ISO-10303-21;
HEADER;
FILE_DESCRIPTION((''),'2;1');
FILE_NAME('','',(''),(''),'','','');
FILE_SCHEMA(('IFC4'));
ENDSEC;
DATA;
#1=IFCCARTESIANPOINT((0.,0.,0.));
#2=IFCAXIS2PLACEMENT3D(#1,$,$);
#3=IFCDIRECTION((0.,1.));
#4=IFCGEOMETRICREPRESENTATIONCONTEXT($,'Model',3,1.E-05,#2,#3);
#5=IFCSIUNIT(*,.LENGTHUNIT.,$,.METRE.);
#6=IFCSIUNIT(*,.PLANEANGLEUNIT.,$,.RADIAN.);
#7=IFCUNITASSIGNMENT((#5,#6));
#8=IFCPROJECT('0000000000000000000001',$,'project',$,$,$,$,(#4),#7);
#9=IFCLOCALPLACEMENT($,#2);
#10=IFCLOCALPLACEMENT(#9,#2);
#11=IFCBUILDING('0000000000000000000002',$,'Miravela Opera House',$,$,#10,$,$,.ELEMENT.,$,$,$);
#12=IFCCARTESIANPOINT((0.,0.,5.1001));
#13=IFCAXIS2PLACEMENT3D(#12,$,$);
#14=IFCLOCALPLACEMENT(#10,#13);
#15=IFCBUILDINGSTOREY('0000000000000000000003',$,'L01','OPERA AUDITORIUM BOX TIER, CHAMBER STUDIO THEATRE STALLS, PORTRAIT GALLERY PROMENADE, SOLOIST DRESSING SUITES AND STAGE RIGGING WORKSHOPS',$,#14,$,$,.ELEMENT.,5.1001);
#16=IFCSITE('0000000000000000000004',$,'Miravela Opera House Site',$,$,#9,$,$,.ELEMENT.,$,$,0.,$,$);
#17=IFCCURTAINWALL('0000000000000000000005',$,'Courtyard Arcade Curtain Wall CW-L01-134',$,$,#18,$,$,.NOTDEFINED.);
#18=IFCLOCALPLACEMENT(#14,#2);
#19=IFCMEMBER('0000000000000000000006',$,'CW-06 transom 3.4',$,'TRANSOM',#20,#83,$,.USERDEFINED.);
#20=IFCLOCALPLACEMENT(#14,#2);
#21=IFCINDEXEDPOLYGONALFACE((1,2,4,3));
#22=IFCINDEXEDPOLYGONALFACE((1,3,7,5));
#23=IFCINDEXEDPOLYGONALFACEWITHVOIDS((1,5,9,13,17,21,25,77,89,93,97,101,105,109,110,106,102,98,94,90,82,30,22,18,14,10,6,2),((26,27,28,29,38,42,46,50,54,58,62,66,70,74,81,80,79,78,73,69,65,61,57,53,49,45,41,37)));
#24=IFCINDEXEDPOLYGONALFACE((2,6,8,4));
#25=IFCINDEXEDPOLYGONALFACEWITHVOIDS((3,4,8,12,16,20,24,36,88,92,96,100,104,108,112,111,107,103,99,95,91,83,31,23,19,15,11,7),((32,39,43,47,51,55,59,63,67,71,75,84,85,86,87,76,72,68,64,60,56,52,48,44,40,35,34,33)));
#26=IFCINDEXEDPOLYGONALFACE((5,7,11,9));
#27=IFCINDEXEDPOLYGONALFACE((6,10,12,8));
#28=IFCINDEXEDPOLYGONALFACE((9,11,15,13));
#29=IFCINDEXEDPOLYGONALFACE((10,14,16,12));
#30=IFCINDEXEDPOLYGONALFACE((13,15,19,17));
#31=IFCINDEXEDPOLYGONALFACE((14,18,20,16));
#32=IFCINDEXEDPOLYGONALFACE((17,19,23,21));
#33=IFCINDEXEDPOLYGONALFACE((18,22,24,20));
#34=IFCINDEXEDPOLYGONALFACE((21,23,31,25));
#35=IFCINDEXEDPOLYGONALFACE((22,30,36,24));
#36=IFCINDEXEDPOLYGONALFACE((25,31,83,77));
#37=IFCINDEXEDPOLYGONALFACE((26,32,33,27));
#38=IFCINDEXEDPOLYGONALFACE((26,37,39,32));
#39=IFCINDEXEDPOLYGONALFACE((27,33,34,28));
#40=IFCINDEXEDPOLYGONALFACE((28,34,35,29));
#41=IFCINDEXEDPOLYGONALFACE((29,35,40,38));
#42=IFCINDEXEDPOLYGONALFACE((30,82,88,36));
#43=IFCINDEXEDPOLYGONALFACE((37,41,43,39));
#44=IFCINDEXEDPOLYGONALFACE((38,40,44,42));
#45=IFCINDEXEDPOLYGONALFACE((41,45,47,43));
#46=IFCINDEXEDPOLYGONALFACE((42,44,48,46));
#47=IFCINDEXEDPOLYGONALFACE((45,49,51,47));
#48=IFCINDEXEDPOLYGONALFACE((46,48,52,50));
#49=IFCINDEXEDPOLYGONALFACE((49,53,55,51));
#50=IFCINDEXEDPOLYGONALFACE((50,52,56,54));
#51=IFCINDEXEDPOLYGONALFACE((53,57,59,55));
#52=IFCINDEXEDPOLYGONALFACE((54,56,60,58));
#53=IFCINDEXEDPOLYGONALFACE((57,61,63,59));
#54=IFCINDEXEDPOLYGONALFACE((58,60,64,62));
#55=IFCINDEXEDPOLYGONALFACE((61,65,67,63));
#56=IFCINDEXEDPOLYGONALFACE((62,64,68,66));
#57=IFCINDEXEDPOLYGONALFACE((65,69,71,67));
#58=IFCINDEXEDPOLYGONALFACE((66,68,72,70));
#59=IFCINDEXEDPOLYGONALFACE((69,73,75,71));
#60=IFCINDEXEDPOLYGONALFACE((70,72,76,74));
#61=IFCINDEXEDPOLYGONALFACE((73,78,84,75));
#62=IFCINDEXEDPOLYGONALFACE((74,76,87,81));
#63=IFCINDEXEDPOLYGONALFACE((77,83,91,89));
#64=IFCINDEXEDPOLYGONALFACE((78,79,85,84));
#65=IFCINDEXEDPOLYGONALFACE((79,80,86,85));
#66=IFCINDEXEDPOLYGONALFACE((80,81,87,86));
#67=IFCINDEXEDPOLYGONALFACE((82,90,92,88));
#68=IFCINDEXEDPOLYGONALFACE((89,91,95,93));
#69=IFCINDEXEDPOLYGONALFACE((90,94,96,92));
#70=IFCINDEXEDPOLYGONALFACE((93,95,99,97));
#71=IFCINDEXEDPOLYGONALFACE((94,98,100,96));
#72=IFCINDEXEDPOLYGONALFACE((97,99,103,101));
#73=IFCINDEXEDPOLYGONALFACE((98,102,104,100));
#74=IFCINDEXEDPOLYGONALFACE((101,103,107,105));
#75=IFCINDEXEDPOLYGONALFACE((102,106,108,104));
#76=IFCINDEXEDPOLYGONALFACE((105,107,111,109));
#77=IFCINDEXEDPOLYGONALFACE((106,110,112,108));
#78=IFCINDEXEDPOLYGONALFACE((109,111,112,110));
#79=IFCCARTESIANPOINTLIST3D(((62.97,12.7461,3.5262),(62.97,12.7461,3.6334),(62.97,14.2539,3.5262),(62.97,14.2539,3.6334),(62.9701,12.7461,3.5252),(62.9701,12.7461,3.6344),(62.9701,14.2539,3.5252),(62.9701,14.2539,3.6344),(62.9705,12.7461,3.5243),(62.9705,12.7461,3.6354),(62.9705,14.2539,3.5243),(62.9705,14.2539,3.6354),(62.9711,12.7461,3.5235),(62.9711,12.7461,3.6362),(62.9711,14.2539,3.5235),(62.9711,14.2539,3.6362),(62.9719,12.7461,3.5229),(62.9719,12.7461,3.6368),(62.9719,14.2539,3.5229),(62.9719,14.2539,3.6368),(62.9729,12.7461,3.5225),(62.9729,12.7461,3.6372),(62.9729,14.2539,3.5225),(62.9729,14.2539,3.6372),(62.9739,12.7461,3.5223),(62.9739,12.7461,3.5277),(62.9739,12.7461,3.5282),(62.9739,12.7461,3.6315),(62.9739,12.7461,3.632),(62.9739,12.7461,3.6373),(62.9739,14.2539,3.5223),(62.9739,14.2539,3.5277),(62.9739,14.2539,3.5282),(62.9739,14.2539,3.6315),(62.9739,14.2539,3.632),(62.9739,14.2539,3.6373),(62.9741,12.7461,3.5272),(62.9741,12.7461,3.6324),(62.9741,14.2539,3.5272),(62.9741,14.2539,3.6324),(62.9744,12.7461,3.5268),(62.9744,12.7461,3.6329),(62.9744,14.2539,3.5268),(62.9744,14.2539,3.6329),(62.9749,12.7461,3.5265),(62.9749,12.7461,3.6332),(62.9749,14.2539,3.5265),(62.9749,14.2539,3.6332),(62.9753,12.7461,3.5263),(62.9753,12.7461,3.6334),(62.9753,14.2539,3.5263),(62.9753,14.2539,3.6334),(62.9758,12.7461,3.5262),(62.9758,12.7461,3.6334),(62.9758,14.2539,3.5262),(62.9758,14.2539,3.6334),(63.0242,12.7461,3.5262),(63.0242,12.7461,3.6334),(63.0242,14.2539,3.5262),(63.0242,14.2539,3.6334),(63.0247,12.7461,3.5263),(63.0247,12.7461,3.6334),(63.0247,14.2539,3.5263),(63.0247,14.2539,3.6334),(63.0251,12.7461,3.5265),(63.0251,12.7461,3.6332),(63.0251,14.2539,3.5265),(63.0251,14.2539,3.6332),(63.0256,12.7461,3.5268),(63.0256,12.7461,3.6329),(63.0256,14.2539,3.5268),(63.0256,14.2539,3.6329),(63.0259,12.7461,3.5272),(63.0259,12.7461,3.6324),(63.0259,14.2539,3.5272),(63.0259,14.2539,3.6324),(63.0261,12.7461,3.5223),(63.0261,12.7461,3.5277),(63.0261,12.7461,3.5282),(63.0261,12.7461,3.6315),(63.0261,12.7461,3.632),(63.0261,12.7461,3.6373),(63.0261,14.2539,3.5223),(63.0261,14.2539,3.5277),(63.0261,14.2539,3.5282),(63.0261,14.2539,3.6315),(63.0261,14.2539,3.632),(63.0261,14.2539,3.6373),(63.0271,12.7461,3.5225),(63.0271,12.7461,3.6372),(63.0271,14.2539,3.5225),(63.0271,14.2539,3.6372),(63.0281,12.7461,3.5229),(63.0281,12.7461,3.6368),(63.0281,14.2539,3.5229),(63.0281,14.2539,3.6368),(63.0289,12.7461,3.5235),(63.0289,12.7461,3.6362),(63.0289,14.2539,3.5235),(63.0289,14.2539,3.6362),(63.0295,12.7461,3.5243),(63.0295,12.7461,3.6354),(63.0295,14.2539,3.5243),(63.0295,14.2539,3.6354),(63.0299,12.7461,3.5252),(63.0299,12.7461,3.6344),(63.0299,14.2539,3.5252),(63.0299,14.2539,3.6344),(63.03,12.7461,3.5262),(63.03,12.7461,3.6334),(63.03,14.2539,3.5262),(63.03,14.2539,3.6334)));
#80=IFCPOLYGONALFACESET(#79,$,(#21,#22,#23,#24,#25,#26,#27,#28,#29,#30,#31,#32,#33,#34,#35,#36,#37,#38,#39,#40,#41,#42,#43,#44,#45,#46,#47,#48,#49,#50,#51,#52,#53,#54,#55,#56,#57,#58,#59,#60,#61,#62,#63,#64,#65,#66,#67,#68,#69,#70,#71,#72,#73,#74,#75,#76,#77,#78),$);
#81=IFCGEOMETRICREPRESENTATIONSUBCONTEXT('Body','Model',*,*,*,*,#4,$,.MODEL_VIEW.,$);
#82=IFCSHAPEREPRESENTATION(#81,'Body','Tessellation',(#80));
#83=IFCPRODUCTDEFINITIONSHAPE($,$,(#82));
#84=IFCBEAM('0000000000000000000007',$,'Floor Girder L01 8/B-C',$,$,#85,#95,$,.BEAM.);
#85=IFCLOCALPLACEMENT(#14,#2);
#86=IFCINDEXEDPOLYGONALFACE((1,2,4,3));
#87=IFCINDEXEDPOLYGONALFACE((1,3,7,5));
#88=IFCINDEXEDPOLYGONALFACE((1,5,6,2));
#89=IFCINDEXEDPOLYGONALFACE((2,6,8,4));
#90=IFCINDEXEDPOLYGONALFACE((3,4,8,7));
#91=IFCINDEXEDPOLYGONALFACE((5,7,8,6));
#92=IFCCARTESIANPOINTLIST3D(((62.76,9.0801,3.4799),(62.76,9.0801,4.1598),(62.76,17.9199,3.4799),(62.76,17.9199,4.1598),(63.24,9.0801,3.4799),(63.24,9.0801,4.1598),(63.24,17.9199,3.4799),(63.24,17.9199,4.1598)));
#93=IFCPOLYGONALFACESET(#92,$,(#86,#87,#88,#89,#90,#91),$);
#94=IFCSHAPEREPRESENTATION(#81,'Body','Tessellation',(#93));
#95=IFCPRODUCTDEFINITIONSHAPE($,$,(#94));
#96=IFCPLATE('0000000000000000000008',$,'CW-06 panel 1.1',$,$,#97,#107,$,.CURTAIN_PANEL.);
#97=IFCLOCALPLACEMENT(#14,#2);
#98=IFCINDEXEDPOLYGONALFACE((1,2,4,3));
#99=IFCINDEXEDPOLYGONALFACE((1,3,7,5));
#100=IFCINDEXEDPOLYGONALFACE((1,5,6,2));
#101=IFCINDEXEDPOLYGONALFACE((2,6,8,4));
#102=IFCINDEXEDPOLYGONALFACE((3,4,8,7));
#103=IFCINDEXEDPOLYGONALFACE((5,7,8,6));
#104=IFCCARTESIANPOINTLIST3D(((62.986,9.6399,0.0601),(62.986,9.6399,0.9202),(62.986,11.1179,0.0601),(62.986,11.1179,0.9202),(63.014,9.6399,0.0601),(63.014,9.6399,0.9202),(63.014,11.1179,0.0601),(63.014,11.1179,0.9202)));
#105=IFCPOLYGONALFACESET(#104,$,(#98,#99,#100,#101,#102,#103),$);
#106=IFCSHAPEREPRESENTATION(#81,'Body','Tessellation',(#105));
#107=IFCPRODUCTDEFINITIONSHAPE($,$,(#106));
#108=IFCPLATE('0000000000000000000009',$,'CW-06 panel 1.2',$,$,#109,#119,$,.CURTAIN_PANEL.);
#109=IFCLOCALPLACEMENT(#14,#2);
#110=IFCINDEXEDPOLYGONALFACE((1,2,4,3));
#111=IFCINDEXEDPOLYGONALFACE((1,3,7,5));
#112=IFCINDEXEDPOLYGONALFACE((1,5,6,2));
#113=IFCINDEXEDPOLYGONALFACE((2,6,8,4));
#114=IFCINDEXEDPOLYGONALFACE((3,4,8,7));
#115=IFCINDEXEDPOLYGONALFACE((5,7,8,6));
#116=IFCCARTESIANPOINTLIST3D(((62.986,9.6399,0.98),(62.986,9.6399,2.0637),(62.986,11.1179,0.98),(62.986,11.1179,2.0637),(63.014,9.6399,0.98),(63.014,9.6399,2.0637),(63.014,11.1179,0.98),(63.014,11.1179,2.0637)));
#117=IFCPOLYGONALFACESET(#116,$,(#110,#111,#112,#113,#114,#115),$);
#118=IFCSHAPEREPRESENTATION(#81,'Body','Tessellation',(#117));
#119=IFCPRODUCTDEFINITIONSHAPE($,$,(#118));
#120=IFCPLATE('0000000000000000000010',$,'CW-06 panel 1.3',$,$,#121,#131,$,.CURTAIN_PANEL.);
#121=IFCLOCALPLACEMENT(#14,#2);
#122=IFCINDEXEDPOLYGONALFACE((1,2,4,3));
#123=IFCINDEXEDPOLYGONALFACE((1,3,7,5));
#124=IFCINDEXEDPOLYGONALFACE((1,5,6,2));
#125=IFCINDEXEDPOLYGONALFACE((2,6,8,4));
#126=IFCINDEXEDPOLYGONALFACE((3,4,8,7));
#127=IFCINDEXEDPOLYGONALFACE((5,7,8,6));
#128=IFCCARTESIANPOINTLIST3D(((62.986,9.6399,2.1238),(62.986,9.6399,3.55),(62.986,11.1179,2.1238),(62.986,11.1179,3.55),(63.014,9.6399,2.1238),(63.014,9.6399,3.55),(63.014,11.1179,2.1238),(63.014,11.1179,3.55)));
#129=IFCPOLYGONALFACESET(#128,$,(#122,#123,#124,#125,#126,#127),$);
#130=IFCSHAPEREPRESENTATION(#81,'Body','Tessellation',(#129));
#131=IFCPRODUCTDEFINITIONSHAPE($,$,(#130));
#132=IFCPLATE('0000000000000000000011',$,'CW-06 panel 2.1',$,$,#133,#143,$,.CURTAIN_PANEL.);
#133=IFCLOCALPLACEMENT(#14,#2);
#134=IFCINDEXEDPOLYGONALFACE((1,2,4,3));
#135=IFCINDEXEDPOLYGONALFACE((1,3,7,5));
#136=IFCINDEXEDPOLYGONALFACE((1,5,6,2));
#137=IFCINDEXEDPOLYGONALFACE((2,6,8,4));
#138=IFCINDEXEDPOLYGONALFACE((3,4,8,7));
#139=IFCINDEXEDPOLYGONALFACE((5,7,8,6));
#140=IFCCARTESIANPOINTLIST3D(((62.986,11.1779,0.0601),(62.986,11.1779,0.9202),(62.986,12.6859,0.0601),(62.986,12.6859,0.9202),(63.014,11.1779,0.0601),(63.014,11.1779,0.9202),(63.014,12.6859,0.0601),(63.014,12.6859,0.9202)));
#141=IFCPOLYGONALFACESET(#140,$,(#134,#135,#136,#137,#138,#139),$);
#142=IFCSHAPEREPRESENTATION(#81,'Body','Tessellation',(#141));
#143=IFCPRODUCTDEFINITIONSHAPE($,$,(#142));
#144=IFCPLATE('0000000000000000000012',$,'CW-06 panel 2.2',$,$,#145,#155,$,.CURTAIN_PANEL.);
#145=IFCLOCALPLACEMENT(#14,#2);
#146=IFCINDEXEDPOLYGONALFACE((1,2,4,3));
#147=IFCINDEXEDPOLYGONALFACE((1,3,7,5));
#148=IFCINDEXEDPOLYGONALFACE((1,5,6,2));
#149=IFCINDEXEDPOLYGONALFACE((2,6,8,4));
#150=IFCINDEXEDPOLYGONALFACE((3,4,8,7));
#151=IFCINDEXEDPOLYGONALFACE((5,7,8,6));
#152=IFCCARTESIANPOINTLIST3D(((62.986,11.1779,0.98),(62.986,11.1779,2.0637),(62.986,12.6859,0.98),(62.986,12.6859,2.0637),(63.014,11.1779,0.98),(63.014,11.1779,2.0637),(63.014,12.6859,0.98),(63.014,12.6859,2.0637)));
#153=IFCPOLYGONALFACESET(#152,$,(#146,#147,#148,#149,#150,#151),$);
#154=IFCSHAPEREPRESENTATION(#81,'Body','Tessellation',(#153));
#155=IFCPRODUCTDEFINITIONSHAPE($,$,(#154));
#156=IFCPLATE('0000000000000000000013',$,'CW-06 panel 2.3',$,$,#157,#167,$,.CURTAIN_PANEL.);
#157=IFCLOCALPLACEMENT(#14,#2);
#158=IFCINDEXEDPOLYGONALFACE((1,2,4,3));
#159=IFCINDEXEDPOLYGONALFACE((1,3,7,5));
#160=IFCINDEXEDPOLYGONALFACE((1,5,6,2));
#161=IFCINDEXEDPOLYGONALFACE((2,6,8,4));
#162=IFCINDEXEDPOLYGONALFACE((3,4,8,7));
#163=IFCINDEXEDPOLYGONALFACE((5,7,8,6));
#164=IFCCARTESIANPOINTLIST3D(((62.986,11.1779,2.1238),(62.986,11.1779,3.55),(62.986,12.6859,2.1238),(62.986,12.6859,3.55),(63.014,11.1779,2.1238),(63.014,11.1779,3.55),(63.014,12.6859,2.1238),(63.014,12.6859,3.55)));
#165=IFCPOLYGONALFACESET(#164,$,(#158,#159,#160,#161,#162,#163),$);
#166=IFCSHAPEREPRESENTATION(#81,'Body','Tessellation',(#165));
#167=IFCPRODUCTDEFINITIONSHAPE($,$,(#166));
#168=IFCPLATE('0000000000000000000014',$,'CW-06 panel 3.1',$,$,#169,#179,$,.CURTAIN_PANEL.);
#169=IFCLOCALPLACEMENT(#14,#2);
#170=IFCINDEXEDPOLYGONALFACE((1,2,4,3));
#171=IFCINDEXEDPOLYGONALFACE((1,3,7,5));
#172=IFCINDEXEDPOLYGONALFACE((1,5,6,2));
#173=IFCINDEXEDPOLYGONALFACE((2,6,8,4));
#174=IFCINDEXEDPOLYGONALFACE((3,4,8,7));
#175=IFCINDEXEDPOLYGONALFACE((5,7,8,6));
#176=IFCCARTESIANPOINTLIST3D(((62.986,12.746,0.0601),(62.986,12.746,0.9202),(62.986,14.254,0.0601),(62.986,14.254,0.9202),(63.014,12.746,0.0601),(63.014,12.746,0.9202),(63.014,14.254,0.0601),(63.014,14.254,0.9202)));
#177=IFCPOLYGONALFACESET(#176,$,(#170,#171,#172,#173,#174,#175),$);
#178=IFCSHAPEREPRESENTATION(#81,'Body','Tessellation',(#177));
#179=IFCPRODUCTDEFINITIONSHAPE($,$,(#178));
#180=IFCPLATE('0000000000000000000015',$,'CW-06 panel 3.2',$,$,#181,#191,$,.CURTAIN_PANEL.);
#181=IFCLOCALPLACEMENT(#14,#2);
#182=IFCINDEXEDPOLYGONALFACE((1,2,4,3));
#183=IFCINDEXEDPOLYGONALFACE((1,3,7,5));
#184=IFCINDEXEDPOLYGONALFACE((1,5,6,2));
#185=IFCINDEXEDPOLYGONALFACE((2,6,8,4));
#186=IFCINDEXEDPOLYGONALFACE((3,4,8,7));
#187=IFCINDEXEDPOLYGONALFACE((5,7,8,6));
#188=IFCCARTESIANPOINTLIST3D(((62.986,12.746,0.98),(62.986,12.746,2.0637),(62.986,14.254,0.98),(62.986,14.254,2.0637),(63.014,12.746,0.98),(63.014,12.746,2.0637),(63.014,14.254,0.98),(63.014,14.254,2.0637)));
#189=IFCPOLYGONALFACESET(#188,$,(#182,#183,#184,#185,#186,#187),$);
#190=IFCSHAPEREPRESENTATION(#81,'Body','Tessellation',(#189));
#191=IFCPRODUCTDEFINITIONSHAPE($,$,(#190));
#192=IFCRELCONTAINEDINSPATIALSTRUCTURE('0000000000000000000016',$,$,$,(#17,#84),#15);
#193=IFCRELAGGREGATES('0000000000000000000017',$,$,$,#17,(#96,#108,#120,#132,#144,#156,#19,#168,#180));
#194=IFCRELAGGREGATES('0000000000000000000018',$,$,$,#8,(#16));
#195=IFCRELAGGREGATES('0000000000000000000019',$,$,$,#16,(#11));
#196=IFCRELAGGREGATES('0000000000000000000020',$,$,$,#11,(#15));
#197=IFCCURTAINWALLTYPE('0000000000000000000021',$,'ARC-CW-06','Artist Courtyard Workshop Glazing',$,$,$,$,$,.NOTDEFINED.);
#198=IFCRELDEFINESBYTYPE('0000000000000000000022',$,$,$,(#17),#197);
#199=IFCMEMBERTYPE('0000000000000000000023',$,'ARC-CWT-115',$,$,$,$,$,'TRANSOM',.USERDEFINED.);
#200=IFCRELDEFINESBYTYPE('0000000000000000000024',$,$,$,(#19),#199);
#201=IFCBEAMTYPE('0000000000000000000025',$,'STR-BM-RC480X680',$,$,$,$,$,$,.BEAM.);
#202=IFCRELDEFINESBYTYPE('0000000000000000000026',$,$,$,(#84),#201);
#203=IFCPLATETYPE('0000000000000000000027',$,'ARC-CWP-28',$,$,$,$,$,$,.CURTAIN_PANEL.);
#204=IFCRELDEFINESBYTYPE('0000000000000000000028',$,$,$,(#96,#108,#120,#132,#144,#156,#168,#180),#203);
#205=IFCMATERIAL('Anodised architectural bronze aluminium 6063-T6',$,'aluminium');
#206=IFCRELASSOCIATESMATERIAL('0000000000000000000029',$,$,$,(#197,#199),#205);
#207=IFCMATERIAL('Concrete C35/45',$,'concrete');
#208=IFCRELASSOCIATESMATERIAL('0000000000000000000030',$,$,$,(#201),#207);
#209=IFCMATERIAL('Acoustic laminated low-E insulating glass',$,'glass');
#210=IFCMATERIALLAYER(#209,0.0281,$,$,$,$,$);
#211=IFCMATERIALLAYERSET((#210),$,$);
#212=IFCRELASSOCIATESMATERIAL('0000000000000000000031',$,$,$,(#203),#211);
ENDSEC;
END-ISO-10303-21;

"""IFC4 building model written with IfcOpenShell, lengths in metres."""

from ifc_helpers import new_model, si_unit, direction, frame, origin, origin_2d, place, context, subcontext, project, spatial, rectangle, hollow_rectangle, extrude, material, layer, layer_set, material_profile, profile_set, type_object, element, aggregate, save


model = new_model("IFC4")

# Units and contexts
model_context = context("Model", 3, precision=1e-05, world=origin(), true_north=direction((0.0, 1.0)))
body_context = subcontext(model_context, "Body", "Model", "MODEL_VIEW")
ifc_project = project(units=[si_unit("LENGTHUNIT", "METRE"), si_unit("PLANEANGLEUNIT", "RADIAN")], contexts=[model_context])

# Site, building, storey
site_placement = place(None, origin())
site = spatial("IfcSite", under=ifc_project, at=site_placement, Name="Miravela Opera House Site", CompositionType="ELEMENT", RefElevation=0.0)
building_placement = place(site_placement, origin())
building = spatial("IfcBuilding", under=site, at=building_placement, Name="Miravela Opera House", CompositionType="ELEMENT")
storey_placement = place(building_placement, frame((0.0, 0.0, 5.1001)))
storey = spatial("IfcBuildingStorey", under=building, at=storey_placement, Name="L01", Description="OPERA AUDITORIUM BOX TIER, CHAMBER STUDIO THEATRE STALLS, PORTRAIT GALLERY PROMENADE, SOLOIST DRESSING SUITES AND STAGE RIGGING WORKSHOPS", CompositionType="ELEMENT", Elevation=5.1001)

# Curtain wall, member
ifc_material_1 = material(Name="Anodised architectural bronze aluminium 6063-T6", Category="aluminium")
curtain_wall_type = type_object("IfcCurtainWallType", Name="ARC-CW-06", Description="Artist Courtyard Workshop Glazing", PredefinedType="NOTDEFINED", material=ifc_material_1)
curtain_wall_placement = place(storey_placement, origin())
curtain_wall = element("IfcCurtainWall", 1, at=curtain_wall_placement, inside=storey, type_object=curtain_wall_type, Name="Courtyard Arcade Curtain Wall CW-L01-134", PredefinedType="NOTDEFINED")
ifc_material_profile_1 = material_profile(ifc_material_1, hollow_rectangle(XDim=0.0601, YDim=0.115, WallThickness=0.0039, InnerFilletRadius=0.002, OuterFilletRadius=0.0039, at=origin_2d()), Name="CWT-60X115")
ifc_profile_set_1 = profile_set([ifc_material_profile_1])
member_type_1 = type_object("IfcMemberType", Name="ARC-CWT-115", ElementType="TRANSOM", PredefinedType="USERDEFINED", material=ifc_profile_set_1)
member_1_placement = place(storey_placement, frame((63.0, 12.7461, 3.5798), z_axis=(0.0, 1.0, 0.0), x_axis=(-1.0, 0.0, 0.0)))
member_1 = element("IfcMember", 2, at=member_1_placement, type_object=member_type_1, Name="CW-06 transom 3.4", ObjectType="TRANSOM", PredefinedType="USERDEFINED", context=body_context, shape_type="SweptSolid", body=[
    extrude(hollow_rectangle(XDim=0.0601, YDim=0.115, WallThickness=0.0039, InnerFilletRadius=0.002, OuterFilletRadius=0.0039, at=origin_2d()), origin(), (0.0, 0.0, 1.0), 1.5078),
])

# Beam
ifc_material_2 = material(Name="Concrete C35/45", Category="concrete")
ifc_material_profile_2 = material_profile(ifc_material_2, rectangle(XDim=0.48, YDim=0.6799, at=origin_2d()), Name="RC-BM-480X680")
ifc_profile_set_2 = profile_set([ifc_material_profile_2])
beam_type = type_object("IfcBeamType", Name="STR-BM-RC480X680", PredefinedType="BEAM", material=ifc_profile_set_2)
beam_placement = place(storey_placement, frame((63.0, 9.0801, 3.8198), z_axis=(0.0, 1.0, 0.0), x_axis=(-1.0, 0.0, 0.0)))
element("IfcBeam", 3, at=beam_placement, inside=storey, type_object=beam_type, Name="Floor Girder L01 8/B-C", PredefinedType="BEAM", context=body_context, shape_type="SweptSolid", body=[
    extrude(rectangle(XDim=0.48, YDim=0.6799, at=origin_2d()), origin(), (0.0, 0.0, 1.0), 8.8398),
])

# Plates
ifc_material_3 = material(Name="Acoustic laminated low-E insulating glass", Category="glass")
ifc_layer = layer(ifc_material_3, 0.0281)
ifc_layer_set = layer_set([ifc_layer])
plate_type = type_object("IfcPlateType", Name="ARC-CWP-28", PredefinedType="CURTAIN_PANEL", material=ifc_layer_set)
plate_1_placement = place(storey_placement, frame((63.0, 10.3789, 0.0601), z_axis=(0.0, 0.0, 1.0), x_axis=(0.0, 1.0, 0.0)))
plate_1 = element("IfcPlate", 4, at=plate_1_placement, type_object=plate_type, Name="CW-06 panel 1.1", PredefinedType="CURTAIN_PANEL", context=body_context, shape_type="SweptSolid", body=[
    extrude(rectangle(XDim=1.478, YDim=0.0281, at=origin_2d()), origin(), (0.0, 0.0, 1.0), 0.8601),
])
plate_2_placement = place(storey_placement, frame((63.0, 10.3789, 0.98), z_axis=(0.0, 0.0, 1.0), x_axis=(0.0, 1.0, 0.0)))
plate_2 = element("IfcPlate", 5, at=plate_2_placement, type_object=plate_type, Name="CW-06 panel 1.2", PredefinedType="CURTAIN_PANEL", context=body_context, shape_type="SweptSolid", body=[
    extrude(rectangle(XDim=1.478, YDim=0.0281, at=origin_2d()), origin(), (0.0, 0.0, 1.0), 1.0837),
])
plate_3_placement = place(storey_placement, frame((63.0, 10.3789, 2.1238), z_axis=(0.0, 0.0, 1.0), x_axis=(0.0, 1.0, 0.0)))
plate_3 = element("IfcPlate", 6, at=plate_3_placement, type_object=plate_type, Name="CW-06 panel 1.3", PredefinedType="CURTAIN_PANEL", context=body_context, shape_type="SweptSolid", body=[
    extrude(rectangle(XDim=1.478, YDim=0.0281, at=origin_2d()), origin(), (0.0, 0.0, 1.0), 1.4263),
])
plate_4_placement = place(storey_placement, frame((63.0, 11.9319, 0.0601), z_axis=(0.0, 0.0, 1.0), x_axis=(0.0, 1.0, 0.0)))
plate_4 = element("IfcPlate", 7, at=plate_4_placement, type_object=plate_type, Name="CW-06 panel 2.1", PredefinedType="CURTAIN_PANEL", context=body_context, shape_type="SweptSolid", body=[
    extrude(rectangle(XDim=1.5081, YDim=0.0281, at=origin_2d()), origin(), (0.0, 0.0, 1.0), 0.8601),
])
plate_5_placement = place(storey_placement, frame((63.0, 11.9319, 0.98), z_axis=(0.0, 0.0, 1.0), x_axis=(0.0, 1.0, 0.0)))
plate_5 = element("IfcPlate", 8, at=plate_5_placement, type_object=plate_type, Name="CW-06 panel 2.2", PredefinedType="CURTAIN_PANEL", context=body_context, shape_type="SweptSolid", body=[
    extrude(rectangle(XDim=1.5081, YDim=0.0281, at=origin_2d()), origin(), (0.0, 0.0, 1.0), 1.0837),
])
plate_6_placement = place(storey_placement, frame((63.0, 11.9319, 2.1238), z_axis=(0.0, 0.0, 1.0), x_axis=(0.0, 1.0, 0.0)))
plate_6 = element("IfcPlate", 9, at=plate_6_placement, type_object=plate_type, Name="CW-06 panel 2.3", PredefinedType="CURTAIN_PANEL", context=body_context, shape_type="SweptSolid", body=[
    extrude(rectangle(XDim=1.5081, YDim=0.0281, at=origin_2d()), origin(), (0.0, 0.0, 1.0), 1.4263),
])
plate_7_placement = place(storey_placement, frame((63.0, 13.5, 0.0601), z_axis=(0.0, 0.0, 1.0), x_axis=(0.0, 1.0, 0.0)))
plate_7 = element("IfcPlate", 10, at=plate_7_placement, type_object=plate_type, Name="CW-06 panel 3.1", PredefinedType="CURTAIN_PANEL", context=body_context, shape_type="SweptSolid", body=[
    extrude(rectangle(XDim=1.5081, YDim=0.0281, at=origin_2d()), origin(), (0.0, 0.0, 1.0), 0.8601),
])
plate_8_placement = place(storey_placement, frame((63.0, 13.5, 0.98), z_axis=(0.0, 0.0, 1.0), x_axis=(0.0, 1.0, 0.0)))
plate_8 = element("IfcPlate", 11, at=plate_8_placement, type_object=plate_type, Name="CW-06 panel 3.2", PredefinedType="CURTAIN_PANEL", context=body_context, shape_type="SweptSolid", body=[
    extrude(rectangle(XDim=1.5081, YDim=0.0281, at=origin_2d()), origin(), (0.0, 0.0, 1.0), 1.0837),
])
aggregate(curtain_wall, [plate_1, plate_2, plate_3, plate_4, plate_5, plate_6, member_1, plate_7, plate_8])

save(model, "model.ifc")
